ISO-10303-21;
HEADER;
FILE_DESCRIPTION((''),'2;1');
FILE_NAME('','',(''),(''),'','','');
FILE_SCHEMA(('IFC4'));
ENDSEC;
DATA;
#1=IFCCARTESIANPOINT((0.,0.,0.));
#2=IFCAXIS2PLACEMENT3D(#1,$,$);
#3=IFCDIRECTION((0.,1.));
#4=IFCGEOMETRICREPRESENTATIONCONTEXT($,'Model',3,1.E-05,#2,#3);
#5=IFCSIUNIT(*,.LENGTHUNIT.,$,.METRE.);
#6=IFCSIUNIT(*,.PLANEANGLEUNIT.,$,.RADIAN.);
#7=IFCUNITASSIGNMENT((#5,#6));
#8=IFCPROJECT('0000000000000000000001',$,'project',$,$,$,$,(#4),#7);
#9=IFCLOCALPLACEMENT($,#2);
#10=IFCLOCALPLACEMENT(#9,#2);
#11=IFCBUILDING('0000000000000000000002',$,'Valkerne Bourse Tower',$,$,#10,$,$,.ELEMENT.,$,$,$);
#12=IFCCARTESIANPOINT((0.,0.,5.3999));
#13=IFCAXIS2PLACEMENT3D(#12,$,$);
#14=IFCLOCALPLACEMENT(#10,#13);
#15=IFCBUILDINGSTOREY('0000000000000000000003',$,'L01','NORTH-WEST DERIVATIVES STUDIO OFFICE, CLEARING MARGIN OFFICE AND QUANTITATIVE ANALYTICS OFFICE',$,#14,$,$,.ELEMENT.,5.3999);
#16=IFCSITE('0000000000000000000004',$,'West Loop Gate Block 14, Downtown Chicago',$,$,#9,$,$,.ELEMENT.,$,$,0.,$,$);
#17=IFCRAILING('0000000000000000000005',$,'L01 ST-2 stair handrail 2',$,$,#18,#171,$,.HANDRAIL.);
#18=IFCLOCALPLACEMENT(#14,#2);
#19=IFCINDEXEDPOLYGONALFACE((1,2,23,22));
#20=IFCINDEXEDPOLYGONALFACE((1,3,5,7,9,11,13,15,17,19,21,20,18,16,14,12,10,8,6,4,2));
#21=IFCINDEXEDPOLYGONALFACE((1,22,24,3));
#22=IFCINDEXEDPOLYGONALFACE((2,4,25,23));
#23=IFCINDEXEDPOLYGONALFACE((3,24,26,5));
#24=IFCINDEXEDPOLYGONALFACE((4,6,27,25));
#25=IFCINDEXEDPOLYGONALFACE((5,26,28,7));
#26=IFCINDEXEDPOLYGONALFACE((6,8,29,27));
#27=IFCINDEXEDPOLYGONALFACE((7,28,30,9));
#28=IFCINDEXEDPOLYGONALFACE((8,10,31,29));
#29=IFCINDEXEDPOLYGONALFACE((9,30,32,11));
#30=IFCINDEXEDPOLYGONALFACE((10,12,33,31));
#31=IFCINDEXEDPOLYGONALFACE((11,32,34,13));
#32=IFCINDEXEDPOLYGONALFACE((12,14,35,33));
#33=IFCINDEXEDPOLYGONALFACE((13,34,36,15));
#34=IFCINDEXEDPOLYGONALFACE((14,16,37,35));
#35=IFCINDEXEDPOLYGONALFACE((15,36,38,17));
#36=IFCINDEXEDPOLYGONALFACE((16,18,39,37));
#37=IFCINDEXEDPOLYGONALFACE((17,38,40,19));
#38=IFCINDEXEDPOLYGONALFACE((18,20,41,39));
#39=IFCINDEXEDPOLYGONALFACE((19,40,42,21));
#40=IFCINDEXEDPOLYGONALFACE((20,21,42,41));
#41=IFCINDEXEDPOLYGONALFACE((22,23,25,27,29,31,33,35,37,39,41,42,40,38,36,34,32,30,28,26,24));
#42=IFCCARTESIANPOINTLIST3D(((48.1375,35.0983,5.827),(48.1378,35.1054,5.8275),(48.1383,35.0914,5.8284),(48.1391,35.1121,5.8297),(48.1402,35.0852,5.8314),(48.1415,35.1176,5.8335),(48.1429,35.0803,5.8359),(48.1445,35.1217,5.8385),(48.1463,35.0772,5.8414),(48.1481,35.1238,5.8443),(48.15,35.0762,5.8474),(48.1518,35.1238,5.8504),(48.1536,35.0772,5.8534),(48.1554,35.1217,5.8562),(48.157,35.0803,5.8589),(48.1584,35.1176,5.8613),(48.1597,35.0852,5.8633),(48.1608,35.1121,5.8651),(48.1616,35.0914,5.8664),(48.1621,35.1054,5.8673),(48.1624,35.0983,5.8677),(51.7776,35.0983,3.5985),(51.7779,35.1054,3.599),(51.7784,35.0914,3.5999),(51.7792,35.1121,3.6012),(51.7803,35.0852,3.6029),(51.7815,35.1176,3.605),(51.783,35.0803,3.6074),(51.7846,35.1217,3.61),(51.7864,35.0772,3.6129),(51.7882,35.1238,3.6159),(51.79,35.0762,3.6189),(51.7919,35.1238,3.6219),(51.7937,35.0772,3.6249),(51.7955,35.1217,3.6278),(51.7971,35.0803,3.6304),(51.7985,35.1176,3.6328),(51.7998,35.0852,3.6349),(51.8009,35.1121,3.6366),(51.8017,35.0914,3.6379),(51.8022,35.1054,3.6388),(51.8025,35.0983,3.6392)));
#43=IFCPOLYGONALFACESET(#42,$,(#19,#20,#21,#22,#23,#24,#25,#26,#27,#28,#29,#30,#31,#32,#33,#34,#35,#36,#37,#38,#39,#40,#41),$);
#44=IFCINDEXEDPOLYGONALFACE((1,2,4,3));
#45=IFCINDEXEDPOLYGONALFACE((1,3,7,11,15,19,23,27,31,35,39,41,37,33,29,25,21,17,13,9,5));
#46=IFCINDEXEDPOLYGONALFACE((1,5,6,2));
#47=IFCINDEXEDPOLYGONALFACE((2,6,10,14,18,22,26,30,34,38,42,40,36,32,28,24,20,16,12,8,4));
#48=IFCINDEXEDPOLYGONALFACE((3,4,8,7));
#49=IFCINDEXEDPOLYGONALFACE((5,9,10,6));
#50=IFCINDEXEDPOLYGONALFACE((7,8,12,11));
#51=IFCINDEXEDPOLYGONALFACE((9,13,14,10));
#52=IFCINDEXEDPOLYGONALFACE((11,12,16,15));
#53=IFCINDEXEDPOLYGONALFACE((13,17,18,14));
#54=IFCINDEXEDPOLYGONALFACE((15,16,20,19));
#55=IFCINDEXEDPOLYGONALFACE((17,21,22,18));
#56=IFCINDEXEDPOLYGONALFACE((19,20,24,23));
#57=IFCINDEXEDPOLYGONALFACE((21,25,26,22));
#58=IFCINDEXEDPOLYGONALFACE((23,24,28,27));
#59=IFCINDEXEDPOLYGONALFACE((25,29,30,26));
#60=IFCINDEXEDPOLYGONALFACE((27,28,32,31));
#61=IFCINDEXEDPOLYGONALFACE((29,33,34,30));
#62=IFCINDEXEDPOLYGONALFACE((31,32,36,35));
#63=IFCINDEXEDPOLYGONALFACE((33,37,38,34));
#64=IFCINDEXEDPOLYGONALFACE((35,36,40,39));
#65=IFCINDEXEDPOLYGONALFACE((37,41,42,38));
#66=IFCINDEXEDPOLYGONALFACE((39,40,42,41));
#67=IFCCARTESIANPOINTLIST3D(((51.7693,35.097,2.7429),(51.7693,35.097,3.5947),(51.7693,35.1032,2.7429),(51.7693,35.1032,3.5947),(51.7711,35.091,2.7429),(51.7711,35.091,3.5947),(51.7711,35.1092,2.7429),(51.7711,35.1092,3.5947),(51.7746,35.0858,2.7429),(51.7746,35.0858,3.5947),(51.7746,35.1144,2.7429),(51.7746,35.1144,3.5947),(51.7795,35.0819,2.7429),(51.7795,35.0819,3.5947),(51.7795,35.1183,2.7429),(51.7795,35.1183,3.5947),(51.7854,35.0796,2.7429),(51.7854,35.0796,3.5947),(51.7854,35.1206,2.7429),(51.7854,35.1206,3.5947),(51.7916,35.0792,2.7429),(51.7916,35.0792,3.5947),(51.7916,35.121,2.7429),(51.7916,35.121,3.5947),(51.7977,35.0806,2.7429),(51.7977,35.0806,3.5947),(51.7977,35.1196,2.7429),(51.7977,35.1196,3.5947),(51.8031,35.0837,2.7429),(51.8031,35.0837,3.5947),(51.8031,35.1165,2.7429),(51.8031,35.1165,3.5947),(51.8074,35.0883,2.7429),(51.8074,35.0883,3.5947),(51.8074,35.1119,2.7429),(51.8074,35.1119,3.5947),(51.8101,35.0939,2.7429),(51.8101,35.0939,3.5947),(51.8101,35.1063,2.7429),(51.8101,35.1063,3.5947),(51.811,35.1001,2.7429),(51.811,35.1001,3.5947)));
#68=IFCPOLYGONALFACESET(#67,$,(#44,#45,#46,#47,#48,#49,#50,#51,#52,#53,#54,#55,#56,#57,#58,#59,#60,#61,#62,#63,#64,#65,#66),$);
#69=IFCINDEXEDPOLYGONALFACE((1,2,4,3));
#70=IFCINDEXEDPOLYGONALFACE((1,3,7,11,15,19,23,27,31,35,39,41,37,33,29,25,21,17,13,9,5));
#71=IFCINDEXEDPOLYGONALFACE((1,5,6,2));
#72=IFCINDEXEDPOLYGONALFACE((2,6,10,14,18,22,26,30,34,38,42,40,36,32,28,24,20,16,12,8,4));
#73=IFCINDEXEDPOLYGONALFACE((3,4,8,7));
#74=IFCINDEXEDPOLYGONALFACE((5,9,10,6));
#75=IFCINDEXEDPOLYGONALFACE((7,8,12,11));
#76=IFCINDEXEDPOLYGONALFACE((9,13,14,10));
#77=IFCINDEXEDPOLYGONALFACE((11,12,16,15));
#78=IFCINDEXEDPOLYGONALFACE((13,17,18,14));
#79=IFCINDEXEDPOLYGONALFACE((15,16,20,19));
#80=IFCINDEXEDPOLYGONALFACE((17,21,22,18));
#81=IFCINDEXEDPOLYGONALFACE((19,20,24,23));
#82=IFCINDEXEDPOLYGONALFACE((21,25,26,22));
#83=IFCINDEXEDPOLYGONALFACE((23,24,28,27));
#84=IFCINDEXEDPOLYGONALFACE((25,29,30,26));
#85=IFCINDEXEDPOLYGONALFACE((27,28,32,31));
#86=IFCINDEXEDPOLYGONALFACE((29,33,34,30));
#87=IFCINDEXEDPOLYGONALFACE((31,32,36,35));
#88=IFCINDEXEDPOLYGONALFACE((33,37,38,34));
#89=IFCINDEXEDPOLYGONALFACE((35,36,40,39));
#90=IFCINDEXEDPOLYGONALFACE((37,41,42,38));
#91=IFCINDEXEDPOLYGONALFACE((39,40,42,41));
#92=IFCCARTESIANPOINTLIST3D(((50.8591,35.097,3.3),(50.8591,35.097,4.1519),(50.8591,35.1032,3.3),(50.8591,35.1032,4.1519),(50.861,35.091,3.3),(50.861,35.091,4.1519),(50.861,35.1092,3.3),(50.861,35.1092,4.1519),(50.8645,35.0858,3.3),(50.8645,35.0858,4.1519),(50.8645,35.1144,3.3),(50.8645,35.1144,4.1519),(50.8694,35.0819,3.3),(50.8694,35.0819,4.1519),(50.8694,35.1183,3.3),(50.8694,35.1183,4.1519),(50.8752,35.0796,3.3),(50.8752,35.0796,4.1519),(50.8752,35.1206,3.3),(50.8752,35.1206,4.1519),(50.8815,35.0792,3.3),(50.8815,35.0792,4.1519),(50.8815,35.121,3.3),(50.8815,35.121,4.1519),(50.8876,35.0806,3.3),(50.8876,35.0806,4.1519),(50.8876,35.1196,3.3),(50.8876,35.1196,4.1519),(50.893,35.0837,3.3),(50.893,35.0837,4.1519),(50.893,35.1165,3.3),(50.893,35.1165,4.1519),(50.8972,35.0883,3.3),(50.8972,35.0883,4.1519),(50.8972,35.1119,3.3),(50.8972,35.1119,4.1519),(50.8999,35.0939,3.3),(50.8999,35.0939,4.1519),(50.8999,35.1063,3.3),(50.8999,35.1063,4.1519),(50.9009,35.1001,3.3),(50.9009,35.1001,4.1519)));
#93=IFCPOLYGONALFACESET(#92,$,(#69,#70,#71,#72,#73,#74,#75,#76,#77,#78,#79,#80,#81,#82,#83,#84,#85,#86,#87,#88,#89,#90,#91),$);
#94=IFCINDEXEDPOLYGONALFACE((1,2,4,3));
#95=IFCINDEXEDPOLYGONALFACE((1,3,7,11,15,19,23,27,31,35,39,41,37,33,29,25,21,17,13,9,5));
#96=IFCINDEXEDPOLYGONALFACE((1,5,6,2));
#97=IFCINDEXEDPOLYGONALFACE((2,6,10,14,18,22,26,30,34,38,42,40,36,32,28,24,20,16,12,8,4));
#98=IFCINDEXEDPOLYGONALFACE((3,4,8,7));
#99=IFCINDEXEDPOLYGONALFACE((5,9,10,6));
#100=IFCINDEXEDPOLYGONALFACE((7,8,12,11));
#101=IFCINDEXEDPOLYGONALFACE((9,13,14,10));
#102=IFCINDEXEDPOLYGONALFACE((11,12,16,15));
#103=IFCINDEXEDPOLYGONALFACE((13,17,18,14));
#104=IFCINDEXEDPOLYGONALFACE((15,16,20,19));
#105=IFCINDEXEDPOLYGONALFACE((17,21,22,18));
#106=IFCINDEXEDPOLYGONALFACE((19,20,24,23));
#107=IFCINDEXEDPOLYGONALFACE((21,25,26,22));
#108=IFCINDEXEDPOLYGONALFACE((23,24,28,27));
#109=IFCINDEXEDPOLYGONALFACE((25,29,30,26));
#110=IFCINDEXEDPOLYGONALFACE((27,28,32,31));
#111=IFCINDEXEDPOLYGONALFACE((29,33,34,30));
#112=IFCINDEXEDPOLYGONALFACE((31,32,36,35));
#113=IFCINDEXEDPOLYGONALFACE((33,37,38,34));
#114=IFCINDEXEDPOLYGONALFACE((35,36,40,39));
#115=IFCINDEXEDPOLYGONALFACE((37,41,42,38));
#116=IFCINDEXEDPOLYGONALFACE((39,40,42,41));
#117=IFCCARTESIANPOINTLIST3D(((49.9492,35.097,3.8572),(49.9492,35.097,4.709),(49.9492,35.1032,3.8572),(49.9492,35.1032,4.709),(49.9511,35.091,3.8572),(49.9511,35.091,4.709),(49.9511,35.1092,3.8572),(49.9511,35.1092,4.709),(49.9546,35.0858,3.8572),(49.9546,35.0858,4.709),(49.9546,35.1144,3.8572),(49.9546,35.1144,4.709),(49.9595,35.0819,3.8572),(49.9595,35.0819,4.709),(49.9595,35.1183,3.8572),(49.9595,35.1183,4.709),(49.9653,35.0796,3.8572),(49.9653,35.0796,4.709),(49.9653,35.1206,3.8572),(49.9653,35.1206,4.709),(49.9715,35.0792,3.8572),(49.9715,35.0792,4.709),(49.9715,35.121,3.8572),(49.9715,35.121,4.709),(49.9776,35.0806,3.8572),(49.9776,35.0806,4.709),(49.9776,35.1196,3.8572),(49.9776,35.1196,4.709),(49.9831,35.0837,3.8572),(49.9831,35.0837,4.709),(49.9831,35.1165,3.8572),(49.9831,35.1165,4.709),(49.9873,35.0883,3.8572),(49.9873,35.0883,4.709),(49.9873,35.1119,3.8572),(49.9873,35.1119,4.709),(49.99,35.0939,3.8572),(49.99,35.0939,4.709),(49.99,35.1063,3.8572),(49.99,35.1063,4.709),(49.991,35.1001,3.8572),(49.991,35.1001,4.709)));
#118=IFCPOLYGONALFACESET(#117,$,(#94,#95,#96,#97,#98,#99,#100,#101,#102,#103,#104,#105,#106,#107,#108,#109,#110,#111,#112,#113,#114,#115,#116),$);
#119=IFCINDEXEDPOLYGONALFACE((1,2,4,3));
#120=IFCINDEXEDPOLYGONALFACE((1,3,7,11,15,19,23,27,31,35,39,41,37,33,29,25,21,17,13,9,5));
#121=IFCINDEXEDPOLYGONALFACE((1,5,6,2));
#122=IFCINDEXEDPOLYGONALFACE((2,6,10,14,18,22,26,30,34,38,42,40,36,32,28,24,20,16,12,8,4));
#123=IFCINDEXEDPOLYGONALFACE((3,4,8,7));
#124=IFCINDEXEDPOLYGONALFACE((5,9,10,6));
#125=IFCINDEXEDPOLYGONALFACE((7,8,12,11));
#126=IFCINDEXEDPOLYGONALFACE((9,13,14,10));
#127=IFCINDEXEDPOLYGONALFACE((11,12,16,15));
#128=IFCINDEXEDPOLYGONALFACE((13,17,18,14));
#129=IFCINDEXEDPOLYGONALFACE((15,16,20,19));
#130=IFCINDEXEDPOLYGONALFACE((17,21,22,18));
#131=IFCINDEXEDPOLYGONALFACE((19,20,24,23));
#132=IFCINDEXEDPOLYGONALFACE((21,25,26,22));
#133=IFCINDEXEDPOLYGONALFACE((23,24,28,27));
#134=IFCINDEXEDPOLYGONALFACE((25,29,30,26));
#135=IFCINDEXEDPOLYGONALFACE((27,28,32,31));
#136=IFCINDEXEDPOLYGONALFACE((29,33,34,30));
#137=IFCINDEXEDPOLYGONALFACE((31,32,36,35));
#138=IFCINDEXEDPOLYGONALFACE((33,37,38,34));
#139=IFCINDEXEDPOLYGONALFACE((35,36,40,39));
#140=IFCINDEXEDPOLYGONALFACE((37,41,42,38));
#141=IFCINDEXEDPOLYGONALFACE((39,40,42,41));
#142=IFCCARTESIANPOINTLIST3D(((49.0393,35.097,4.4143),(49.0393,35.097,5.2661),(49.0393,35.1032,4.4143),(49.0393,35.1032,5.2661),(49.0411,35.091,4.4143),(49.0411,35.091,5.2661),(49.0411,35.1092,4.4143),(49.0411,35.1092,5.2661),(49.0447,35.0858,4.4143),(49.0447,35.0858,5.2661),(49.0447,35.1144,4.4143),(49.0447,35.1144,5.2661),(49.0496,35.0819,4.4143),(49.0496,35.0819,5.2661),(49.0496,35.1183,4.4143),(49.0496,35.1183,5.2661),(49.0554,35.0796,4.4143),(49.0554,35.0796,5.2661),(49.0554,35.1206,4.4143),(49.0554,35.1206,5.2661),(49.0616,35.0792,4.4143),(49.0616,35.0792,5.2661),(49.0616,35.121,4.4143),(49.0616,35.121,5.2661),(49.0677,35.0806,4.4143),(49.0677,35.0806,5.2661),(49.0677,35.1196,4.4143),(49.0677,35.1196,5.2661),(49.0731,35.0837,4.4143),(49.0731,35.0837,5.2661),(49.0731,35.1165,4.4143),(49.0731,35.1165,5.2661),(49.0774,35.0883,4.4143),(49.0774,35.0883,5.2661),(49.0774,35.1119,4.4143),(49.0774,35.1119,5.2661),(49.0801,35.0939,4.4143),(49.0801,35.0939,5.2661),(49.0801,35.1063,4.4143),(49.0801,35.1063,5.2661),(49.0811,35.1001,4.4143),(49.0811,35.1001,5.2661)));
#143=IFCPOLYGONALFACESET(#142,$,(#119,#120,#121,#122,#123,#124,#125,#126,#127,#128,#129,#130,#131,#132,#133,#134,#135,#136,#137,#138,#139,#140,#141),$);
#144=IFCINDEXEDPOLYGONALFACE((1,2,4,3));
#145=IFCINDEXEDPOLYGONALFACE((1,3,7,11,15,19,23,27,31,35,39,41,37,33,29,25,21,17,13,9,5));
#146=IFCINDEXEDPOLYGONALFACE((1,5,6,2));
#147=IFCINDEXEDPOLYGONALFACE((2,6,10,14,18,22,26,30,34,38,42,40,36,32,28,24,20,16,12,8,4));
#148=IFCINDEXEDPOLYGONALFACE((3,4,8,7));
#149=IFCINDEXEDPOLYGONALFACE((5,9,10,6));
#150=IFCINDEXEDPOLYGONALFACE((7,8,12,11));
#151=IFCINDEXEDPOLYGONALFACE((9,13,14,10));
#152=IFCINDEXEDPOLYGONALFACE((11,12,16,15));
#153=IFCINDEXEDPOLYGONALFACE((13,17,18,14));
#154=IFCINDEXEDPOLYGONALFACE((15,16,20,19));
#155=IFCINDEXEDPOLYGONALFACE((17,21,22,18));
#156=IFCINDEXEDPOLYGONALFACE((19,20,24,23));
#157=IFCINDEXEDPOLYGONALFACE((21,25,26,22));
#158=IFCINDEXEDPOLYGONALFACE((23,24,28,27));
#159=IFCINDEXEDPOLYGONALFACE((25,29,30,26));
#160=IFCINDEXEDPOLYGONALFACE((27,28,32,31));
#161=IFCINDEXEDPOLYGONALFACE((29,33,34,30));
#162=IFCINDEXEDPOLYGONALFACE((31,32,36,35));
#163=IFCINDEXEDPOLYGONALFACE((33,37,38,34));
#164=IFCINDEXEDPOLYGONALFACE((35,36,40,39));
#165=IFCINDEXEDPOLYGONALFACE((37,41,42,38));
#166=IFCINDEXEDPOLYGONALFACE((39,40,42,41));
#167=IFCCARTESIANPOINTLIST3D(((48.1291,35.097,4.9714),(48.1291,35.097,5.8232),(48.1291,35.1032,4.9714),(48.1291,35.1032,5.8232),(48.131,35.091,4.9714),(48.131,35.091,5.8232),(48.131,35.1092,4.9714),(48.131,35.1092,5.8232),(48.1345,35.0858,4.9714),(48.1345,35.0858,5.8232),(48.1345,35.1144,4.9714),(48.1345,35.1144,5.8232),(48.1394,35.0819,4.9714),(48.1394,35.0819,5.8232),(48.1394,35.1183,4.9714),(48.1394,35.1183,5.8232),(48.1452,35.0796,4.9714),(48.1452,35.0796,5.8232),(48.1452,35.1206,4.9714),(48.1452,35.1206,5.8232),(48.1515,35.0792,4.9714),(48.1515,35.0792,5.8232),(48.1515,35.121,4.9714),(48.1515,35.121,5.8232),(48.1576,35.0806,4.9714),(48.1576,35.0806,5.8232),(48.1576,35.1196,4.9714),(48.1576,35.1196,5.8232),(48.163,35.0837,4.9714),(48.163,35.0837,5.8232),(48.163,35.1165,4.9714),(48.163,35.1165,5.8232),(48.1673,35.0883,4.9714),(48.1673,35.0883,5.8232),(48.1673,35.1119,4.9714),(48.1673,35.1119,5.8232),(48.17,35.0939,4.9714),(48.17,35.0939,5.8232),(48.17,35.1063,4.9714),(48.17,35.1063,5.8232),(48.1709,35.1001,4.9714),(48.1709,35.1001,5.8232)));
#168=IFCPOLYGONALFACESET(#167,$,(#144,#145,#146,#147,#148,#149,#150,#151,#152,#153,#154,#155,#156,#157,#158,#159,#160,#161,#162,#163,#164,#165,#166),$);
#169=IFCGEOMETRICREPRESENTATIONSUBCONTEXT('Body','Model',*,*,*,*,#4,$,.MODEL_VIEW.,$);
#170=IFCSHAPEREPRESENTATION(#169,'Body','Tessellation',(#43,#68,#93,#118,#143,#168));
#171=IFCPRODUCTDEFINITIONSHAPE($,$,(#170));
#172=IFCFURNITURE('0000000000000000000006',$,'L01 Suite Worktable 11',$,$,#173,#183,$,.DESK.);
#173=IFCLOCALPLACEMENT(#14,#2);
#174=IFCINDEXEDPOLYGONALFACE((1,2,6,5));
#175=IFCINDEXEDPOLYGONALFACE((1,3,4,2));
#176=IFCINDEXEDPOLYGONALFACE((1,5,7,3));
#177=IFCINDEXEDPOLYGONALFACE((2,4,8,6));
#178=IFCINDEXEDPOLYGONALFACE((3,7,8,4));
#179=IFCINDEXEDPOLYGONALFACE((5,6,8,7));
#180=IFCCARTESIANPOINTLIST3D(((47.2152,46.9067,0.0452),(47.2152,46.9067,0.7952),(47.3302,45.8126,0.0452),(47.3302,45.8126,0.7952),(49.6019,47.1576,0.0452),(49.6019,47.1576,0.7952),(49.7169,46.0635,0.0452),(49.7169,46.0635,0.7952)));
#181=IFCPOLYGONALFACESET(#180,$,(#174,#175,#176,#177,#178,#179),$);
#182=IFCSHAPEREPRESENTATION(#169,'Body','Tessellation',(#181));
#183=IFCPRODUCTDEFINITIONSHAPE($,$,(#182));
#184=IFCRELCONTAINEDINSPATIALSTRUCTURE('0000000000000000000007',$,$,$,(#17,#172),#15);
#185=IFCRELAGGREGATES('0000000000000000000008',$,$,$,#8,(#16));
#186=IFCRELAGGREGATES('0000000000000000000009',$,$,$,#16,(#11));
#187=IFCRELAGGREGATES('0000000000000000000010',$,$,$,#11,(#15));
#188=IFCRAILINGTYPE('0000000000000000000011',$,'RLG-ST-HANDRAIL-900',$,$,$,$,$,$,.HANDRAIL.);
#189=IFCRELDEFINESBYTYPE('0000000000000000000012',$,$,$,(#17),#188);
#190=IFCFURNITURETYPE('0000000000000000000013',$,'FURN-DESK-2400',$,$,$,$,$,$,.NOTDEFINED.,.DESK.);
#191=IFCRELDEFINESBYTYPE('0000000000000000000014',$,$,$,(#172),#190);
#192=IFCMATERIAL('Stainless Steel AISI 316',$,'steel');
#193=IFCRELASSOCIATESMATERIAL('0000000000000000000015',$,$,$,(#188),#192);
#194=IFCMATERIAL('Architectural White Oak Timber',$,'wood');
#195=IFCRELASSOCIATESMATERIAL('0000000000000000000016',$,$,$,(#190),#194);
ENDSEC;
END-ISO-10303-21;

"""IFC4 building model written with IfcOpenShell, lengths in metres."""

from ifc_helpers import new_model, si_unit, direction, frame, origin, origin_2d, place, context, subcontext, project, spatial, rectangle, circle, extrude, material, type_object, element, save


model = new_model("IFC4")

# Units and contexts
model_context = context("Model", 3, precision=1e-05, world=origin(), true_north=direction((0.0, 1.0)))
body_context = subcontext(model_context, "Body", "Model", "MODEL_VIEW")
ifc_project = project(units=[si_unit("LENGTHUNIT", "METRE"), si_unit("PLANEANGLEUNIT", "RADIAN")], contexts=[model_context])

# Site, building, storey
site_placement = place(None, origin())
site = spatial("IfcSite", under=ifc_project, at=site_placement, Name="West Loop Gate Block 14, Downtown Chicago", CompositionType="ELEMENT", RefElevation=0.0)
building_placement = place(site_placement, origin())
building = spatial("IfcBuilding", under=site, at=building_placement, Name="Valkerne Bourse Tower", CompositionType="ELEMENT")
storey_placement = place(building_placement, frame((0.0, 0.0, 5.3999)))
storey = spatial("IfcBuildingStorey", under=building, at=storey_placement, Name="L01", Description="NORTH-WEST DERIVATIVES STUDIO OFFICE, CLEARING MARGIN OFFICE AND QUANTITATIVE ANALYTICS OFFICE", CompositionType="ELEMENT", Elevation=5.3999)

# Railing
ifc_material_1 = material(Name="Stainless Steel AISI 316", Category="steel")
railing_type_1 = type_object("IfcRailingType", Name="RLG-ST-HANDRAIL-900", PredefinedType="HANDRAIL", material=ifc_material_1)
railing_1_placement = place(storey_placement, frame((51.79, 35.1001, 2.7429)))
element("IfcRailing", 1, at=railing_1_placement, inside=storey, type_object=railing_type_1, Name="L01 ST-2 stair handrail 2", PredefinedType="HANDRAIL", context=body_context, shape_type="SweptSolid", body=[
    extrude(circle(Radius=0.0239, at=origin_2d()), frame((0.0, 0.0, 0.876), z_axis=(-0.852866, 0.0, 0.52213), x_axis=(0.0, -1.0, 0.0)), (0.0, 0.0, 1.0), 4.2681),
    extrude(circle(Radius=0.021, at=origin_2d()), origin(), (0.0, 0.0, 1.0), 0.8518),
    extrude(circle(Radius=0.021, at=origin_2d()), frame((-0.9102, 0.0, 0.5571)), (0.0, 0.0, 1.0), 0.8518),
    extrude(circle(Radius=0.021, at=origin_2d()), frame((-1.8201, 0.0, 1.1143)), (0.0, 0.0, 1.0), 0.8518),
    extrude(circle(Radius=0.021, at=origin_2d()), frame((-2.73, 0.0, 1.6714)), (0.0, 0.0, 1.0), 0.8518),
    extrude(circle(Radius=0.021, at=origin_2d()), frame((-3.6401, 0.0, 2.2285)), (0.0, 0.0, 1.0), 0.8518),
])

# Furniture
ifc_material_2 = material(Name="Architectural White Oak Timber", Category="wood")
furniture_type = type_object("IfcFurnitureType", Name="FURN-DESK-2400", AssemblyPlace="NOTDEFINED", PredefinedType="DESK", material=ifc_material_2)
furniture_placement = place(storey_placement, frame((48.4661, 46.4851, 0.0452), z_axis=(0.0, 0.0, 1.0), x_axis=(0.994522, 0.104528, 0.0)))
element("IfcFurniture", 2, at=furniture_placement, inside=storey, type_object=furniture_type, Name="L01 Suite Worktable 11", PredefinedType="DESK", context=body_context, shape_type="SweptSolid", body=[
    extrude(rectangle(XDim=2.3999, YDim=1.1001, at=origin_2d()), origin(), (0.0, 0.0, 1.0), 0.75),
])

save(model, "model.ifc")
